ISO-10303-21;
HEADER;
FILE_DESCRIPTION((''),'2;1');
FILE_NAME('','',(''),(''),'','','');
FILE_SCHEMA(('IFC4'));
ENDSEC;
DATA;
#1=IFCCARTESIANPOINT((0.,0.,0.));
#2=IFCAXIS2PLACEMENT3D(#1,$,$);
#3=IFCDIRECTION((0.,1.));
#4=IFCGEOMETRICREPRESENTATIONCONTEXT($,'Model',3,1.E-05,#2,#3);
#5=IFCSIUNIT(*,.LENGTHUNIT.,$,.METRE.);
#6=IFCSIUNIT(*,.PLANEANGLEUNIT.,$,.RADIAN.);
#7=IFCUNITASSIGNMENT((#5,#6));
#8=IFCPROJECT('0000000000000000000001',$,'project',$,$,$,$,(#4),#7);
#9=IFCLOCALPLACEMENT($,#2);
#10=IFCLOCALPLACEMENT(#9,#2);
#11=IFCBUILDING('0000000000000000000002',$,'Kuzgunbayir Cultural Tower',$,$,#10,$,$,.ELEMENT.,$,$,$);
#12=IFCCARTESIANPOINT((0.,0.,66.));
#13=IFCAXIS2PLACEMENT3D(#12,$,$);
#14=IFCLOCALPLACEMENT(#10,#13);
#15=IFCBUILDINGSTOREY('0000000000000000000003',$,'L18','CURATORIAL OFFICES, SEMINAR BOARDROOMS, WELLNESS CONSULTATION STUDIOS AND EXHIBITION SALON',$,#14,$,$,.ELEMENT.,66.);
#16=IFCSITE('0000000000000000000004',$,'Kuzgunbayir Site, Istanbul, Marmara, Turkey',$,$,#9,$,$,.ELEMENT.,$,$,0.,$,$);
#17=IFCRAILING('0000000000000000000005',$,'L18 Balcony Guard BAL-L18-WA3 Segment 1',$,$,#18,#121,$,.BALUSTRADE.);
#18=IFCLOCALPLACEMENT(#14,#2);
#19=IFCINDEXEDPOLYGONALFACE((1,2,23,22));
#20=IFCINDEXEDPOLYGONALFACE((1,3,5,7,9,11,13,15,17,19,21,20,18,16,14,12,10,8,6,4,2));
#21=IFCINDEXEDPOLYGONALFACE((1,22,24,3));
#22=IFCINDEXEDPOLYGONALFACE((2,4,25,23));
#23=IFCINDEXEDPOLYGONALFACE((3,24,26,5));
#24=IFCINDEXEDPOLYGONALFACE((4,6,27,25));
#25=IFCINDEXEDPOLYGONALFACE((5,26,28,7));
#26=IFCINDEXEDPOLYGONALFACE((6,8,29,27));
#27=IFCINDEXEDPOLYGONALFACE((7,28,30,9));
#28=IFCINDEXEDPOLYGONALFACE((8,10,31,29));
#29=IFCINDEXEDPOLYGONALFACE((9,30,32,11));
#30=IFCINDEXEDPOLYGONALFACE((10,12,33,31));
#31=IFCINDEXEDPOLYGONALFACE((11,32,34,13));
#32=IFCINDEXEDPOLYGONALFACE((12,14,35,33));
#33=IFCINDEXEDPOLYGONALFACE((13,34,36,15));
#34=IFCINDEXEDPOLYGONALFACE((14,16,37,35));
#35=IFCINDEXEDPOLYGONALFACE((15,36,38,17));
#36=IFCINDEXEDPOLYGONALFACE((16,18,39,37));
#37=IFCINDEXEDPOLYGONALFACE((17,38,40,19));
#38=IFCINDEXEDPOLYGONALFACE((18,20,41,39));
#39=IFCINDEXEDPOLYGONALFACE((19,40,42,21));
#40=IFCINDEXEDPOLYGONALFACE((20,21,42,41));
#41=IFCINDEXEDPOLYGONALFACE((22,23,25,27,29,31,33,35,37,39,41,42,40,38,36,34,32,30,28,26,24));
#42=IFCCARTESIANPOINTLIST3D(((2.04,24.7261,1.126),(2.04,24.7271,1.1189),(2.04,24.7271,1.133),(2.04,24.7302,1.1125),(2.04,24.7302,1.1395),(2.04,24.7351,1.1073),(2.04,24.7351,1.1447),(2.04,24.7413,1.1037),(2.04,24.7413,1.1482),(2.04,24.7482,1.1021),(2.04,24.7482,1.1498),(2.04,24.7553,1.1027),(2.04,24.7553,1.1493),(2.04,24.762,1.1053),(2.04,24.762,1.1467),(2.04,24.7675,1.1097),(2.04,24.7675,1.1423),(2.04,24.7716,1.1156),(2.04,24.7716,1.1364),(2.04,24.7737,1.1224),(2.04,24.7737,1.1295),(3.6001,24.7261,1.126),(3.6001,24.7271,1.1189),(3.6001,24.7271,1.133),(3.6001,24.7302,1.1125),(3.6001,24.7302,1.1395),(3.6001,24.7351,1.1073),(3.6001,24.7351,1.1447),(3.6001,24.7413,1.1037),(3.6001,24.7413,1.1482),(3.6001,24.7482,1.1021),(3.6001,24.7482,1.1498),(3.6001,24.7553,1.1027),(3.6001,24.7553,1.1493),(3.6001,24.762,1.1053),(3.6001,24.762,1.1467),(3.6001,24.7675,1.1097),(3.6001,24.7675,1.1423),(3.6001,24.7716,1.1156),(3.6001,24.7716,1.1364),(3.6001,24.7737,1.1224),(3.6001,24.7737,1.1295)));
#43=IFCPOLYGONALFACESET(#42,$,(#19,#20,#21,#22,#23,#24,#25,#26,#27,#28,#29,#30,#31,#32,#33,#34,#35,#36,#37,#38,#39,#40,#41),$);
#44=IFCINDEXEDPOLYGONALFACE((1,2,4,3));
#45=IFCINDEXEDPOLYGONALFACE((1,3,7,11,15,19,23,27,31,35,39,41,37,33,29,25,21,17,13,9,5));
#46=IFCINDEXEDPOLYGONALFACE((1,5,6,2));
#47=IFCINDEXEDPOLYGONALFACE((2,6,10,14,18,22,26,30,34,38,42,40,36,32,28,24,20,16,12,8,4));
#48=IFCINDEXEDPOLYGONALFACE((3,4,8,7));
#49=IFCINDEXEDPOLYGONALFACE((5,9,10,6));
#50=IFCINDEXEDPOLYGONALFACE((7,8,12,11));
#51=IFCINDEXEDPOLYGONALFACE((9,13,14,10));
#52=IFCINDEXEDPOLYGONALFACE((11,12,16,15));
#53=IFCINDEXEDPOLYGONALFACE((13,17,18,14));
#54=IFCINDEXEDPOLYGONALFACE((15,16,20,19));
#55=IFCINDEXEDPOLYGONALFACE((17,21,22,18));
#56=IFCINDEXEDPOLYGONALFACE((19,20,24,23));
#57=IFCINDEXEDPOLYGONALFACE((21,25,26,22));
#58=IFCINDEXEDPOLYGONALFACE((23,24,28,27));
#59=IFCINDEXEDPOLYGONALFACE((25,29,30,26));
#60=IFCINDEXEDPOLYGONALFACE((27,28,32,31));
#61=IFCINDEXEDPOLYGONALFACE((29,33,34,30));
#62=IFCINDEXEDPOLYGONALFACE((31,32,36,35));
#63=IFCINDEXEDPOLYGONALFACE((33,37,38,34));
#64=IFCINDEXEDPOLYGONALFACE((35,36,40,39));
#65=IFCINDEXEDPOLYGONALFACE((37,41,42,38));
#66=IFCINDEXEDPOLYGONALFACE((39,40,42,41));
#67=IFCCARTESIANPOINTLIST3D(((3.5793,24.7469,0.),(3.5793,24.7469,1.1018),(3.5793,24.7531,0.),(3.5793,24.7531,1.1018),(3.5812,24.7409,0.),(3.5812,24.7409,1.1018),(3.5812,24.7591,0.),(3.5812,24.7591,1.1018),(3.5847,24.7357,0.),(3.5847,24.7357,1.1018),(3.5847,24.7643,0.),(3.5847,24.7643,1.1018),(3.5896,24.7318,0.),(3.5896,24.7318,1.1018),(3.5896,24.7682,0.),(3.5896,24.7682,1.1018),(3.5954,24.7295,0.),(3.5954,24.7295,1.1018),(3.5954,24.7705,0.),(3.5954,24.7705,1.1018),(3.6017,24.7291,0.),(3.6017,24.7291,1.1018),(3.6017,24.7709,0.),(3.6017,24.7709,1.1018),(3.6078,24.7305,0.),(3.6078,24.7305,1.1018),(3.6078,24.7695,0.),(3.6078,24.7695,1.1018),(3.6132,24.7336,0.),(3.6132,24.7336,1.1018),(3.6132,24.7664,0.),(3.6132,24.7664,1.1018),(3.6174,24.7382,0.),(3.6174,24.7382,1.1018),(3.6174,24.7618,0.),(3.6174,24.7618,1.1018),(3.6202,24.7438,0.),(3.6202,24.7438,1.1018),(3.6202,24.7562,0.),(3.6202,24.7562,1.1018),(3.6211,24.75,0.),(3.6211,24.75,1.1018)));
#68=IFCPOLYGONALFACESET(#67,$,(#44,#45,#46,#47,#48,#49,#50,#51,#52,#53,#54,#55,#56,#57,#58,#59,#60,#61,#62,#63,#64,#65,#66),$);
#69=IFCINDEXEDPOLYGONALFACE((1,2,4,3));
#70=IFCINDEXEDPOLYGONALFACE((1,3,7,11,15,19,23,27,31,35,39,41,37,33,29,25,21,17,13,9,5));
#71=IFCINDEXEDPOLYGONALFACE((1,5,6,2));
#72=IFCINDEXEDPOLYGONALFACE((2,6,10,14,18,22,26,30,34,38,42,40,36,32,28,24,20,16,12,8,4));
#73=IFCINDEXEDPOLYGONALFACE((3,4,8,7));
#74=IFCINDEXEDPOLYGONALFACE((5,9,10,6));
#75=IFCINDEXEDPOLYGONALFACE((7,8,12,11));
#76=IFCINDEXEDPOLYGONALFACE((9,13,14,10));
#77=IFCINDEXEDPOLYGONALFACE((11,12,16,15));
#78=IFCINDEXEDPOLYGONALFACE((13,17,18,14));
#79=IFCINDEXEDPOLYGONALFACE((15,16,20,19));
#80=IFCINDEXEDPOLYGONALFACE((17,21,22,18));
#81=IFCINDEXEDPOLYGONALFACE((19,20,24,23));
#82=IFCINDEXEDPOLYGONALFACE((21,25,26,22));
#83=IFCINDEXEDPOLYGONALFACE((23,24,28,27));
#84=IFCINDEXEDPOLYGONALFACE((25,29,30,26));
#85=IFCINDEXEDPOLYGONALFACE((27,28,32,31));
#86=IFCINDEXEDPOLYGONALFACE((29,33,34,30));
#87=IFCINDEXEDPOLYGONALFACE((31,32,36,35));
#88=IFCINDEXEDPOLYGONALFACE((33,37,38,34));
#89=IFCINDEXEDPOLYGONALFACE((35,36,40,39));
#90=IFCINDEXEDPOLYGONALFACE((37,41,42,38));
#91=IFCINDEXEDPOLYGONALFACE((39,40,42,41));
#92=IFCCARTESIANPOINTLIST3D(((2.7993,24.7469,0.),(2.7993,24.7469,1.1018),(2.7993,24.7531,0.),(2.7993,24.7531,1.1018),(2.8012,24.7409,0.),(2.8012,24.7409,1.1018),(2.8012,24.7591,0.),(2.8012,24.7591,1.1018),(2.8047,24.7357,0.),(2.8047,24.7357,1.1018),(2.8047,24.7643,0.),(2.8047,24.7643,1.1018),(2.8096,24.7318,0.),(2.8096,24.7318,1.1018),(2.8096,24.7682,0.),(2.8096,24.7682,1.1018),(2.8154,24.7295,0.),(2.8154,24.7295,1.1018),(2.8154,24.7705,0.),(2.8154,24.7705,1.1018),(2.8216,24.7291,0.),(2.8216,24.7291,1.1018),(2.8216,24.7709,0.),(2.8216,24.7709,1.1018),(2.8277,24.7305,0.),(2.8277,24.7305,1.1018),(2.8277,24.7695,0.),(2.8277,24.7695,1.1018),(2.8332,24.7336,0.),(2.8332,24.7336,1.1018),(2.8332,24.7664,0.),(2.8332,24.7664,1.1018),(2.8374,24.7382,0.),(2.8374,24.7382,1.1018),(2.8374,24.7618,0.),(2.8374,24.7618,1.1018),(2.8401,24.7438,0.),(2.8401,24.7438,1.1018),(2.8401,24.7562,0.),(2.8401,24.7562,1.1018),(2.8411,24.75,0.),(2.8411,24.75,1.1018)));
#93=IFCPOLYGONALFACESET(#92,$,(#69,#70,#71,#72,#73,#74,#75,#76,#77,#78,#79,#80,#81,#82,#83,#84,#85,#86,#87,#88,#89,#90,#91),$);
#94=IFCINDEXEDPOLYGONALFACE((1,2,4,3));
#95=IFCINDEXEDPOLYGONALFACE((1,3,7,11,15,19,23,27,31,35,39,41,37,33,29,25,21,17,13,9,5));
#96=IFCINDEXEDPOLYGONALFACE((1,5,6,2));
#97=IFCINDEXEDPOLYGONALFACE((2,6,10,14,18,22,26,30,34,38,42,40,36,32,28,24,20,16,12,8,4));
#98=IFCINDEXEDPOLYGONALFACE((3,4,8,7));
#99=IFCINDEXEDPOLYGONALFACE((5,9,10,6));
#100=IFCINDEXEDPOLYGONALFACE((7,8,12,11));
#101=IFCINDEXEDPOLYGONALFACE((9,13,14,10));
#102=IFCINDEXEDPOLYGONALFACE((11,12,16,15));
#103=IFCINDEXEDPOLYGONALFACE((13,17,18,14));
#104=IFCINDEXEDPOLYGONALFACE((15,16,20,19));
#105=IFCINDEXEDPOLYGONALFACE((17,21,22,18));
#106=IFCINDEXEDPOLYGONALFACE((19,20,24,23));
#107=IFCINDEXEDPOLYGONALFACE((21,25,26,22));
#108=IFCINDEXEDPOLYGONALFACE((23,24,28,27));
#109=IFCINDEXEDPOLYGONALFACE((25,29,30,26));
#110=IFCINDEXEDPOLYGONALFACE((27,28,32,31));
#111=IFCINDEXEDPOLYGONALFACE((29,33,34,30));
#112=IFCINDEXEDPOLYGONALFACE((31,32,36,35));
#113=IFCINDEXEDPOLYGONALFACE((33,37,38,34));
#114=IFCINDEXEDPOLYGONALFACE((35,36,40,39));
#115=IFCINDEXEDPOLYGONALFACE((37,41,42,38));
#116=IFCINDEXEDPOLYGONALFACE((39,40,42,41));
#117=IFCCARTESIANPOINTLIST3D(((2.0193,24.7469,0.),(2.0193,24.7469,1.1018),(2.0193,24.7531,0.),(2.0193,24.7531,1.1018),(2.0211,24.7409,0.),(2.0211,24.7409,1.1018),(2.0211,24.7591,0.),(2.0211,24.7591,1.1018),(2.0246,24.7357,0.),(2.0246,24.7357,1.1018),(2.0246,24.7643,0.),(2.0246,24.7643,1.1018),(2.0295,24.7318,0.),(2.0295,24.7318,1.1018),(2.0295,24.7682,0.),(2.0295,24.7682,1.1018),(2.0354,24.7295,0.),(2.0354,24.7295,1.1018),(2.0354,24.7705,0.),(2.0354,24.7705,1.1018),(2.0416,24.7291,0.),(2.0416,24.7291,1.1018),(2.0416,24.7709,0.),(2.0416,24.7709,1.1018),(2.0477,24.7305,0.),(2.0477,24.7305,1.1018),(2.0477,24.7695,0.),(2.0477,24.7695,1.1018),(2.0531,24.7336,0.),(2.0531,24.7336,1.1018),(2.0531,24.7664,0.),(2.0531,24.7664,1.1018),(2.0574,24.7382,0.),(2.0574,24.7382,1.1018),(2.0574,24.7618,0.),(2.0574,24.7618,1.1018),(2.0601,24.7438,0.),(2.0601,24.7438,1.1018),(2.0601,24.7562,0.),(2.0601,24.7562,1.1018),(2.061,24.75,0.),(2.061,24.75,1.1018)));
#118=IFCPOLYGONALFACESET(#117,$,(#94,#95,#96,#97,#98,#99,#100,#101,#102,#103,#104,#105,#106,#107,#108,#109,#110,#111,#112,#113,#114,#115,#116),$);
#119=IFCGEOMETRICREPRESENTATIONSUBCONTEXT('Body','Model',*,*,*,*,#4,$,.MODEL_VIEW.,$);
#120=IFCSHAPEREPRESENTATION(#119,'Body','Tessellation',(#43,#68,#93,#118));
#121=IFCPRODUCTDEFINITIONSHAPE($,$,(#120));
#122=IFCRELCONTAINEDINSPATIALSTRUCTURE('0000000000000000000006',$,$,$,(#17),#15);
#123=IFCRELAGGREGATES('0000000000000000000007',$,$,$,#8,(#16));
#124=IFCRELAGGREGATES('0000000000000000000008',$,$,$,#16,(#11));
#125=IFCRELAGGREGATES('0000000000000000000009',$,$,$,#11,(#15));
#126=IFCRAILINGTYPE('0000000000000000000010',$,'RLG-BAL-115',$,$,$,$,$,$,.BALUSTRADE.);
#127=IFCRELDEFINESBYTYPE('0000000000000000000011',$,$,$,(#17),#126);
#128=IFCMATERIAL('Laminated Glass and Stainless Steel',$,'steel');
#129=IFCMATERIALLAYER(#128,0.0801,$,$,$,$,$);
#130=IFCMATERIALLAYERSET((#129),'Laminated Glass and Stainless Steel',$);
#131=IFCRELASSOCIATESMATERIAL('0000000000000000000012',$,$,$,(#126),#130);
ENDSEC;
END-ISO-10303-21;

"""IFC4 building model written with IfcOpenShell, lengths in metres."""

from ifc_helpers import new_model, si_unit, direction, frame, origin, origin_2d, place, context, subcontext, project, spatial, circle, extrude, material, layer, layer_set, type_object, element, save


model = new_model("IFC4")

# Units and contexts
model_context = context("Model", 3, precision=1e-05, world=origin(), true_north=direction((0.0, 1.0)))
body_context = subcontext(model_context, "Body", "Model", "MODEL_VIEW")
ifc_project = project(units=[si_unit("LENGTHUNIT", "METRE"), si_unit("PLANEANGLEUNIT", "RADIAN")], contexts=[model_context])

# Site, building, storey
site_placement = place(None, origin())
site = spatial("IfcSite", under=ifc_project, at=site_placement, Name="Kuzgunbayir Site, Istanbul, Marmara, Turkey", CompositionType="ELEMENT", RefElevation=0.0)
building_placement = place(site_placement, origin())
building = spatial("IfcBuilding", under=site, at=building_placement, Name="Kuzgunbayir Cultural Tower", CompositionType="ELEMENT")
storey_placement = place(building_placement, frame((0.0, 0.0, 66.0)))
storey = spatial("IfcBuildingStorey", under=building, at=storey_placement, Name="L18", Description="CURATORIAL OFFICES, SEMINAR BOARDROOMS, WELLNESS CONSULTATION STUDIOS AND EXHIBITION SALON", CompositionType="ELEMENT", Elevation=66.0)

# Railing
ifc_material_1 = material(Name="Laminated Glass and Stainless Steel", Category="steel")
ifc_layer_1 = layer(ifc_material_1, 0.0801)
ifc_layer_set_1 = layer_set([ifc_layer_1], Name="Laminated Glass and Stainless Steel")
railing_type = type_object("IfcRailingType", Name="RLG-BAL-115", PredefinedType="BALUSTRADE", material=ifc_layer_set_1)
railing_1_placement = place(storey_placement, frame((3.6001, 24.75, 0.0)))
element("IfcRailing", 1, at=railing_1_placement, inside=storey, type_object=railing_type, Name="L18 Balcony Guard BAL-L18-WA3 Segment 1", PredefinedType="BALUSTRADE", context=body_context, shape_type="SweptSolid", body=[
    extrude(circle(Radius=0.0239, at=origin_2d()), frame((0.0, 0.0, 1.126), z_axis=(-1.0, 0.0, 0.0), x_axis=(0.0, -1.0, 0.0)), (0.0, 0.0, 1.0), 1.5601),
    extrude(circle(Radius=0.021, at=origin_2d()), origin(), (0.0, 0.0, 1.0), 1.1018),
    extrude(circle(Radius=0.021, at=origin_2d()), frame((-0.78, 0.0, 0.0)), (0.0, 0.0, 1.0), 1.1018),
    extrude(circle(Radius=0.021, at=origin_2d()), frame((-1.5601, 0.0, 0.0)), (0.0, 0.0, 1.0), 1.1018),
])

save(model, "model.ifc")
